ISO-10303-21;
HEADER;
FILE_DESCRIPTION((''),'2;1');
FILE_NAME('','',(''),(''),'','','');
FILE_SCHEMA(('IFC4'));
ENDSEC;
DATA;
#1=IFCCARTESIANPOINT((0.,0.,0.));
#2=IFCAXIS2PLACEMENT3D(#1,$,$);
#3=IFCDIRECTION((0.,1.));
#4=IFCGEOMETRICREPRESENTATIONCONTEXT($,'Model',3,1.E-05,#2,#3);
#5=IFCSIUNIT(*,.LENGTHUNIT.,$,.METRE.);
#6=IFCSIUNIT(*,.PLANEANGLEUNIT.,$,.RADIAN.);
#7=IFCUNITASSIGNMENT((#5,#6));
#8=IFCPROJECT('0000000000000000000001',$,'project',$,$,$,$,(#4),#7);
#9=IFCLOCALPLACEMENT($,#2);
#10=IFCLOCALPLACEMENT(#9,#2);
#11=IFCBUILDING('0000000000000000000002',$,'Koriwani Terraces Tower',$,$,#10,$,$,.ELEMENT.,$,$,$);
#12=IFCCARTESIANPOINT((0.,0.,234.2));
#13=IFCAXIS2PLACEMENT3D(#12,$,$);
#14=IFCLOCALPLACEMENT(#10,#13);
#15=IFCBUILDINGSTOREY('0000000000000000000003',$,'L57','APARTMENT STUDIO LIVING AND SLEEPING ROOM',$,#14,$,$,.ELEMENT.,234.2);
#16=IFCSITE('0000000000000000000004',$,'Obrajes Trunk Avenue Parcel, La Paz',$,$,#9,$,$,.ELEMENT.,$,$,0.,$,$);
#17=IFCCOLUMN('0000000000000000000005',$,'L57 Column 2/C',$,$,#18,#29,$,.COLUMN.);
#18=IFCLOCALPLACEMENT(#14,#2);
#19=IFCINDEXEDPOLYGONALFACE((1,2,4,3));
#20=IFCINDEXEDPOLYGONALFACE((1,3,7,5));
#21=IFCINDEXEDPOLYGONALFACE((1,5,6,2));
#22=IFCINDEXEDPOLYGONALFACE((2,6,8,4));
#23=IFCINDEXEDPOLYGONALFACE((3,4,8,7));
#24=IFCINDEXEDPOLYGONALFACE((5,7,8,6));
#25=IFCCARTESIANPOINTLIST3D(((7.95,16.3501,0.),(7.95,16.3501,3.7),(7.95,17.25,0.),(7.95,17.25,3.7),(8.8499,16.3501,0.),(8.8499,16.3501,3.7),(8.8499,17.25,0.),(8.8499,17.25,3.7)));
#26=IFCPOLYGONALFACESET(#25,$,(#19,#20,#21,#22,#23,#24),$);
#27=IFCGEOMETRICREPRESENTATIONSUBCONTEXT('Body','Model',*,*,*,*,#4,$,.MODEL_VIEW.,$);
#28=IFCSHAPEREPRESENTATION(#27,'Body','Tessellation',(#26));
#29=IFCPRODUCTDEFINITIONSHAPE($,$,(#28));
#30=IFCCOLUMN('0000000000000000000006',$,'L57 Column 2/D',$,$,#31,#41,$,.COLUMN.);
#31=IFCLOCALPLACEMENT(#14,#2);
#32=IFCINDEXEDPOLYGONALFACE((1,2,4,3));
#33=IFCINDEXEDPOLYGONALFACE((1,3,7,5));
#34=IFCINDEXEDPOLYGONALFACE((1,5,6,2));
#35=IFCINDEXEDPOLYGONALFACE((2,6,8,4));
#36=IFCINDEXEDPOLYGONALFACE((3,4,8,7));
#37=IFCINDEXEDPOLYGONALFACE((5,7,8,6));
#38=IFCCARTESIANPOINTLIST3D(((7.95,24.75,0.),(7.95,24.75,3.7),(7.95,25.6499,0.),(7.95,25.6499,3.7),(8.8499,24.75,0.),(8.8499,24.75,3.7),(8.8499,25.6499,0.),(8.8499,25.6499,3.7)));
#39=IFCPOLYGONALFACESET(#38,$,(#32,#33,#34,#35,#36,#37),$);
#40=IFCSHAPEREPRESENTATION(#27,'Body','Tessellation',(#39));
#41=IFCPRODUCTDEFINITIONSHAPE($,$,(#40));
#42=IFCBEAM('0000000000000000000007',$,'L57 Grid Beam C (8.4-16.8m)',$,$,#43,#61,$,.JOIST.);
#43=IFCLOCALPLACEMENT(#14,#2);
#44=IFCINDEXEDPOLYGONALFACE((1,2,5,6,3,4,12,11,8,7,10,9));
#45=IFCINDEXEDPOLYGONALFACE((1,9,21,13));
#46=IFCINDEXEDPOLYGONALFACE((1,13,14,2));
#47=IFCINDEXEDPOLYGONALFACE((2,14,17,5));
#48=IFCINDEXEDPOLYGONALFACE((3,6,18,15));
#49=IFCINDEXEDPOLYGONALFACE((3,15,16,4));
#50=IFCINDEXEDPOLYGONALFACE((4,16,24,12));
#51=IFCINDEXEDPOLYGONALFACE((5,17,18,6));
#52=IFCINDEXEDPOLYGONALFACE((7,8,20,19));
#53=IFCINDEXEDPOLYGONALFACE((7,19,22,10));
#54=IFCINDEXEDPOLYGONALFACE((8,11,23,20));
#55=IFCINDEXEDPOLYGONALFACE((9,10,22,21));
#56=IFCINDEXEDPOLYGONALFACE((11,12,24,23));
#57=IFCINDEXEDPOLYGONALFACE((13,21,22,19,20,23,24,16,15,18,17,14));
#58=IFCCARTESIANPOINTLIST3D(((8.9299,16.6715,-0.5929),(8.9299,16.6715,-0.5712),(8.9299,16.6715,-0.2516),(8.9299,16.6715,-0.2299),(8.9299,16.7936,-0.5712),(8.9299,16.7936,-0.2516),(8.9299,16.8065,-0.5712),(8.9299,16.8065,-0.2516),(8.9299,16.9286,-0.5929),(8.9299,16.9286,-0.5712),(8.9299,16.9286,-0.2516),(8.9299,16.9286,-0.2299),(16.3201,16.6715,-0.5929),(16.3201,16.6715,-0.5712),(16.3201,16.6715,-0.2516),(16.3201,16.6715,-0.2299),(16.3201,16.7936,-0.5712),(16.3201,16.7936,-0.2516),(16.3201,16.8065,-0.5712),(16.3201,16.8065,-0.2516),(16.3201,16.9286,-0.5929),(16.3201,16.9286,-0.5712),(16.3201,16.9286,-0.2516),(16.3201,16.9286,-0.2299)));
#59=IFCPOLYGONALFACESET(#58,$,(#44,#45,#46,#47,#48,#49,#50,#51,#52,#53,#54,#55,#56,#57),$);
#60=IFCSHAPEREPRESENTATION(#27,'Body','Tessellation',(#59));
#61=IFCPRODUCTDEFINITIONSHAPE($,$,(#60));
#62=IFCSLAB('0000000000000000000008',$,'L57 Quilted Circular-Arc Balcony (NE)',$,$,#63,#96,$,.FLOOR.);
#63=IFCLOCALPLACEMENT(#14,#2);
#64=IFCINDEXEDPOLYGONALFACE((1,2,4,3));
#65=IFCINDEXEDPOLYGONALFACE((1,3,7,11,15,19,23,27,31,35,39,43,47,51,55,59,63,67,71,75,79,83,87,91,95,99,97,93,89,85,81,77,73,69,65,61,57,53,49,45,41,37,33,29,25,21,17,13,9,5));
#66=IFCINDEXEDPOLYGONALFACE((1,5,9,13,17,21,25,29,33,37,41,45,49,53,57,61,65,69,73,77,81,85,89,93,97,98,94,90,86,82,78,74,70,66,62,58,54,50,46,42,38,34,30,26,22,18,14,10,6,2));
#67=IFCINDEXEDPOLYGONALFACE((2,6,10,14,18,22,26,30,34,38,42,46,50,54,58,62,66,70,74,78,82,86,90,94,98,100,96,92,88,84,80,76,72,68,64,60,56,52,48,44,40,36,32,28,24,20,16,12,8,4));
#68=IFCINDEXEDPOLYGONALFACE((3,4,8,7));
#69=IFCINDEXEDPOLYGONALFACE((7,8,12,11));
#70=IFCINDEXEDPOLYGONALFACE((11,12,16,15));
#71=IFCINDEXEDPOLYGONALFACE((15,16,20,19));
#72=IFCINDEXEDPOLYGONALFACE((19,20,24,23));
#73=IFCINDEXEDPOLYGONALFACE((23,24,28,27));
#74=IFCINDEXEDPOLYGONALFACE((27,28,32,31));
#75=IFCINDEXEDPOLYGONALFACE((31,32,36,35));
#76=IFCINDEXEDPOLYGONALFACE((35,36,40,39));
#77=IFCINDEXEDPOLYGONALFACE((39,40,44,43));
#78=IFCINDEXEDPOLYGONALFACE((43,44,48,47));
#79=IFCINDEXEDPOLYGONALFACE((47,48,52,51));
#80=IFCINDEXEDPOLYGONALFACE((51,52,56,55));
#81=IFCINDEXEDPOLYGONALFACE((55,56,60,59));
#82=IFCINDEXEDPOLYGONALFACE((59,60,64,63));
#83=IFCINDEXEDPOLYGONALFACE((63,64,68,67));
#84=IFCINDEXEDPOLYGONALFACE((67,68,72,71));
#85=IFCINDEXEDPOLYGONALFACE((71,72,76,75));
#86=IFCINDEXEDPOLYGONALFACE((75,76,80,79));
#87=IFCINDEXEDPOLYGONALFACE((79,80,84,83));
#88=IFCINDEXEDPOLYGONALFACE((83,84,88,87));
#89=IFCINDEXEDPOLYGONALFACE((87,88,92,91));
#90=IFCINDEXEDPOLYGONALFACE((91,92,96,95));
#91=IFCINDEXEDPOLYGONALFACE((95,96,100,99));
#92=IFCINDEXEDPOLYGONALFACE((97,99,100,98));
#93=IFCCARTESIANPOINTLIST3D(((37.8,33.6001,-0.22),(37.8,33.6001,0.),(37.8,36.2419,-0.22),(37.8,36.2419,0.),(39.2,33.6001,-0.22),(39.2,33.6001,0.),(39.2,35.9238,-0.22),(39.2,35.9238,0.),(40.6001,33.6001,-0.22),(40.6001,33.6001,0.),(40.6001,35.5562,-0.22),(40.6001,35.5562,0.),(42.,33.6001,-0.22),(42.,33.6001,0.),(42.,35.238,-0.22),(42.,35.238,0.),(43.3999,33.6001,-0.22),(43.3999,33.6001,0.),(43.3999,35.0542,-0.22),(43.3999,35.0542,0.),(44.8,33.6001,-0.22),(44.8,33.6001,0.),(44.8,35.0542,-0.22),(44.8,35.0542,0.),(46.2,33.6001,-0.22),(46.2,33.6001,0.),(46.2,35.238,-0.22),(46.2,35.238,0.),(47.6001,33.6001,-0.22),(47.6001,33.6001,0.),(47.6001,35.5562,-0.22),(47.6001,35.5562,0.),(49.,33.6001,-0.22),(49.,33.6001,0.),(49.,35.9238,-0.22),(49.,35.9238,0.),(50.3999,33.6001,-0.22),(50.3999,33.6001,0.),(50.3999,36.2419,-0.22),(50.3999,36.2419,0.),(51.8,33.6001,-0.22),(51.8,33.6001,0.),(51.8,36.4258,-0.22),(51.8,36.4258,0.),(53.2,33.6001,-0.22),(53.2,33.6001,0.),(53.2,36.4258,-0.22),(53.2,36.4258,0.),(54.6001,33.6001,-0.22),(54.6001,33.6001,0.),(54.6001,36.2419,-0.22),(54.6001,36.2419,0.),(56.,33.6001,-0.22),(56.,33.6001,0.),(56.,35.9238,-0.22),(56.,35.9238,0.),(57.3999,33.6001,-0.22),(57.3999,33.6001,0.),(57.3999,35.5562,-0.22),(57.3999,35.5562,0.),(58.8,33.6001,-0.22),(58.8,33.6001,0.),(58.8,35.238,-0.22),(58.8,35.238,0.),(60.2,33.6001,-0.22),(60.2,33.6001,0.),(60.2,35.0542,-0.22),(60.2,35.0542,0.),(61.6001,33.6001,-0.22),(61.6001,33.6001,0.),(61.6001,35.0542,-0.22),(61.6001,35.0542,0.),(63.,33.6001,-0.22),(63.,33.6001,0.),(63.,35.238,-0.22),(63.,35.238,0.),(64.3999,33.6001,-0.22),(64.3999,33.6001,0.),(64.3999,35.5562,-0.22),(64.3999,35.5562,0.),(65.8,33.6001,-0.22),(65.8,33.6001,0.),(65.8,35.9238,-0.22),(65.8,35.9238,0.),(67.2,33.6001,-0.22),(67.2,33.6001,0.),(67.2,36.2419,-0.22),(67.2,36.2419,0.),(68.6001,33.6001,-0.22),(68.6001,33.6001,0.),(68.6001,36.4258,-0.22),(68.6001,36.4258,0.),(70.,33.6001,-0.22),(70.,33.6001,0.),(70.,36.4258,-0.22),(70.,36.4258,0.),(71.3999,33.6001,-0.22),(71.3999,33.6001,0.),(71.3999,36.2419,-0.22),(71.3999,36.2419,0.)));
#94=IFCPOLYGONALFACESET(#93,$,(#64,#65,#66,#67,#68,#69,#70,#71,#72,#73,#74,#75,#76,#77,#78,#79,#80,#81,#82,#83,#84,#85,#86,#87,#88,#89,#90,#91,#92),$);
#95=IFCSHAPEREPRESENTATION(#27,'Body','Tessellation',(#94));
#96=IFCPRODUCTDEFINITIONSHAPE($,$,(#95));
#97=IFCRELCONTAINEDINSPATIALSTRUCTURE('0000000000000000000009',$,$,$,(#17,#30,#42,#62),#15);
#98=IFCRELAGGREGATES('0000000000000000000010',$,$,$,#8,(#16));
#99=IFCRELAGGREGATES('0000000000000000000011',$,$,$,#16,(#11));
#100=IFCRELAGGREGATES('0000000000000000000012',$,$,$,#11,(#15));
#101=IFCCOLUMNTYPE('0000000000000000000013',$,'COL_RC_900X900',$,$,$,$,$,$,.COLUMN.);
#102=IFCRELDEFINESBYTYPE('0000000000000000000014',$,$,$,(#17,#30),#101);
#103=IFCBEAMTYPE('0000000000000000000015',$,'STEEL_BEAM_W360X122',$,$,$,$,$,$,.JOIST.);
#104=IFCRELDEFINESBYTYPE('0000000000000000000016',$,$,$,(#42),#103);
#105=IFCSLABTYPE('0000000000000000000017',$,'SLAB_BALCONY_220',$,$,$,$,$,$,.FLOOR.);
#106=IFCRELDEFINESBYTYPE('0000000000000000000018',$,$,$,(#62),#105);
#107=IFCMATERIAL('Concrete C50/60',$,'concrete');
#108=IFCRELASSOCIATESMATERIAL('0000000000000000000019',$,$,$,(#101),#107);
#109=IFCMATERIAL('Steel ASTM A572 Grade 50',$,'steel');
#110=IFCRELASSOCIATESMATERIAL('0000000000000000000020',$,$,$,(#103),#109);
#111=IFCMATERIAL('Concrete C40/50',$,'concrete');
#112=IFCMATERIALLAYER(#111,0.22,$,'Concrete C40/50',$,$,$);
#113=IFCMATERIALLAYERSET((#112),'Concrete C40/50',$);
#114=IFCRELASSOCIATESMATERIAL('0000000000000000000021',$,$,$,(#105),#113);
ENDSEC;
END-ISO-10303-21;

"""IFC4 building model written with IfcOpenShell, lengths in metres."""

from ifc_helpers import new_model, si_unit, direction, frame, origin, origin_2d, place, context, subcontext, project, spatial, polyline, rectangle, i_section, outline, extrude, material, layer, layer_set, material_profile, profile_set, type_object, element, save


model = new_model("IFC4")

# Units and contexts
model_context = context("Model", 3, precision=1e-05, world=origin(), true_north=direction((0.0, 1.0)))
body_context = subcontext(model_context, "Body", "Model", "MODEL_VIEW")
ifc_project = project(units=[si_unit("LENGTHUNIT", "METRE"), si_unit("PLANEANGLEUNIT", "RADIAN")], contexts=[model_context])

# Site, building, storey
site_placement = place(None, origin())
site = spatial("IfcSite", under=ifc_project, at=site_placement, Name="Obrajes Trunk Avenue Parcel, La Paz", CompositionType="ELEMENT", RefElevation=0.0)
building_placement = place(site_placement, origin())
building = spatial("IfcBuilding", under=site, at=building_placement, Name="Koriwani Terraces Tower", CompositionType="ELEMENT")
storey_placement = place(building_placement, frame((0.0, 0.0, 234.2)))
storey = spatial("IfcBuildingStorey", under=building, at=storey_placement, Name="L57", Description="APARTMENT STUDIO LIVING AND SLEEPING ROOM", CompositionType="ELEMENT", Elevation=234.2)

# Columns
ifc_material_1 = material(Name="Concrete C50/60", Category="concrete")
ifc_material_profile_1 = material_profile(ifc_material_1, rectangle(XDim=0.8999, YDim=0.8999, at=origin_2d()), Name="Concrete C50/60", Category="LoadBearing")
ifc_profile_set_1 = profile_set([ifc_material_profile_1], Name="Concrete C50/60")
column_type = type_object("IfcColumnType", Name="COL_RC_900X900", PredefinedType="COLUMN", material=ifc_profile_set_1)
for number, where, z_axis, x_axis, name in (
    (1, (8.3999, 16.8, 0.0), (0.0, 0.0, 1.0), (1.0, 0.0, 0.0), "L57 Column 2/C"),
    (2, (8.3999, 25.2, 0.0), (0.0, 0.0, 1.0), (1.0, 0.0, 0.0), "L57 Column 2/D"),
):
    element("IfcColumn", number, at=place(storey_placement, frame(where, z_axis=z_axis, x_axis=x_axis)), inside=storey, type_object=column_type, Name=name, PredefinedType="COLUMN", context=body_context, shape_type="SweptSolid", body=[
        extrude(rectangle(XDim=0.8999, YDim=0.8999, at=origin_2d()), origin(), (0.0, 0.0, 1.0), 3.7),
    ])

# Beam
ifc_material_2 = material(Name="Steel ASTM A572 Grade 50", Category="steel")
ifc_material_profile_2 = material_profile(ifc_material_2, i_section(OverallWidth=0.2571, OverallDepth=0.363, WebThickness=0.0129, FlangeThickness=0.0217, at=origin_2d()), Name="Steel ASTM A572 Grade 50", Category="LoadBearing")
ifc_profile_set_2 = profile_set([ifc_material_profile_2], Name="Steel ASTM A572 Grade 50")
beam_type = type_object("IfcBeamType", Name="STEEL_BEAM_W360X122", PredefinedType="JOIST", material=ifc_profile_set_2)
beam_placement = place(storey_placement, frame((8.9299, 16.8, -0.4114), z_axis=(1.0, 0.0, 0.0), x_axis=(0.0, 1.0, 0.0)))
element("IfcBeam", 3, at=beam_placement, inside=storey, type_object=beam_type, Name="L57 Grid Beam C (8.4-16.8m)", PredefinedType="JOIST", context=body_context, shape_type="SweptSolid", body=[
    extrude(i_section(OverallWidth=0.2571, OverallDepth=0.363, WebThickness=0.0129, FlangeThickness=0.0217, at=origin_2d()), origin(), (0.0, 0.0, 1.0), 7.3901),
])

# Slab
ifc_material_3 = material(Name="Concrete C40/50", Category="concrete")
ifc_layer_1 = layer(ifc_material_3, 0.22, Name="Concrete C40/50")
ifc_layer_set_1 = layer_set([ifc_layer_1], Name="Concrete C40/50")
slab_type_1 = type_object("IfcSlabType", Name="SLAB_BALCONY_220", PredefinedType="FLOOR", material=ifc_layer_set_1)
slab_1_placement = place(storey_placement, frame((0.0, 0.0, -0.22)))
element("IfcSlab", 4, at=slab_1_placement, inside=storey, type_object=slab_type_1, Name="L57 Quilted Circular-Arc Balcony (NE)", PredefinedType="FLOOR", context=body_context, shape_type="SweptSolid", body=[
    extrude(outline(polyline([(71.3999, 33.6001), (70.0, 33.6001), (68.6001, 33.6001), (67.2, 33.6001), (65.8, 33.6001), (64.3999, 33.6001), (63.0, 33.6001), (61.6001, 33.6001), (60.2, 33.6001), (58.8, 33.6001), (57.3999, 33.6001), (56.0, 33.6001), (54.6001, 33.6001), (53.2, 33.6001), (51.8, 33.6001), (50.3999, 33.6001), (49.0, 33.6001), (47.6001, 33.6001), (46.2, 33.6001), (44.8, 33.6001), (43.3999, 33.6001), (42.0, 33.6001), (40.6001, 33.6001), (39.2, 33.6001), (37.8, 33.6001), (37.8, 36.2419), (39.2, 35.9238), (40.6001, 35.5562), (42.0, 35.238), (43.3999, 35.0542), (44.8, 35.0542), (46.2, 35.238), (47.6001, 35.5562), (49.0, 35.9238), (50.3999, 36.2419), (51.8, 36.4258), (53.2, 36.4258), (54.6001, 36.2419), (56.0, 35.9238), (57.3999, 35.5562), (58.8, 35.238), (60.2, 35.0542), (61.6001, 35.0542), (63.0, 35.238), (64.3999, 35.5562), (65.8, 35.9238), (67.2, 36.2419), (68.6001, 36.4258), (70.0, 36.4258), (71.3999, 36.2419), (71.3999, 33.6001)])), origin(), (0.0, 0.0, 1.0), 0.22),
])

save(model, "model.ifc")
